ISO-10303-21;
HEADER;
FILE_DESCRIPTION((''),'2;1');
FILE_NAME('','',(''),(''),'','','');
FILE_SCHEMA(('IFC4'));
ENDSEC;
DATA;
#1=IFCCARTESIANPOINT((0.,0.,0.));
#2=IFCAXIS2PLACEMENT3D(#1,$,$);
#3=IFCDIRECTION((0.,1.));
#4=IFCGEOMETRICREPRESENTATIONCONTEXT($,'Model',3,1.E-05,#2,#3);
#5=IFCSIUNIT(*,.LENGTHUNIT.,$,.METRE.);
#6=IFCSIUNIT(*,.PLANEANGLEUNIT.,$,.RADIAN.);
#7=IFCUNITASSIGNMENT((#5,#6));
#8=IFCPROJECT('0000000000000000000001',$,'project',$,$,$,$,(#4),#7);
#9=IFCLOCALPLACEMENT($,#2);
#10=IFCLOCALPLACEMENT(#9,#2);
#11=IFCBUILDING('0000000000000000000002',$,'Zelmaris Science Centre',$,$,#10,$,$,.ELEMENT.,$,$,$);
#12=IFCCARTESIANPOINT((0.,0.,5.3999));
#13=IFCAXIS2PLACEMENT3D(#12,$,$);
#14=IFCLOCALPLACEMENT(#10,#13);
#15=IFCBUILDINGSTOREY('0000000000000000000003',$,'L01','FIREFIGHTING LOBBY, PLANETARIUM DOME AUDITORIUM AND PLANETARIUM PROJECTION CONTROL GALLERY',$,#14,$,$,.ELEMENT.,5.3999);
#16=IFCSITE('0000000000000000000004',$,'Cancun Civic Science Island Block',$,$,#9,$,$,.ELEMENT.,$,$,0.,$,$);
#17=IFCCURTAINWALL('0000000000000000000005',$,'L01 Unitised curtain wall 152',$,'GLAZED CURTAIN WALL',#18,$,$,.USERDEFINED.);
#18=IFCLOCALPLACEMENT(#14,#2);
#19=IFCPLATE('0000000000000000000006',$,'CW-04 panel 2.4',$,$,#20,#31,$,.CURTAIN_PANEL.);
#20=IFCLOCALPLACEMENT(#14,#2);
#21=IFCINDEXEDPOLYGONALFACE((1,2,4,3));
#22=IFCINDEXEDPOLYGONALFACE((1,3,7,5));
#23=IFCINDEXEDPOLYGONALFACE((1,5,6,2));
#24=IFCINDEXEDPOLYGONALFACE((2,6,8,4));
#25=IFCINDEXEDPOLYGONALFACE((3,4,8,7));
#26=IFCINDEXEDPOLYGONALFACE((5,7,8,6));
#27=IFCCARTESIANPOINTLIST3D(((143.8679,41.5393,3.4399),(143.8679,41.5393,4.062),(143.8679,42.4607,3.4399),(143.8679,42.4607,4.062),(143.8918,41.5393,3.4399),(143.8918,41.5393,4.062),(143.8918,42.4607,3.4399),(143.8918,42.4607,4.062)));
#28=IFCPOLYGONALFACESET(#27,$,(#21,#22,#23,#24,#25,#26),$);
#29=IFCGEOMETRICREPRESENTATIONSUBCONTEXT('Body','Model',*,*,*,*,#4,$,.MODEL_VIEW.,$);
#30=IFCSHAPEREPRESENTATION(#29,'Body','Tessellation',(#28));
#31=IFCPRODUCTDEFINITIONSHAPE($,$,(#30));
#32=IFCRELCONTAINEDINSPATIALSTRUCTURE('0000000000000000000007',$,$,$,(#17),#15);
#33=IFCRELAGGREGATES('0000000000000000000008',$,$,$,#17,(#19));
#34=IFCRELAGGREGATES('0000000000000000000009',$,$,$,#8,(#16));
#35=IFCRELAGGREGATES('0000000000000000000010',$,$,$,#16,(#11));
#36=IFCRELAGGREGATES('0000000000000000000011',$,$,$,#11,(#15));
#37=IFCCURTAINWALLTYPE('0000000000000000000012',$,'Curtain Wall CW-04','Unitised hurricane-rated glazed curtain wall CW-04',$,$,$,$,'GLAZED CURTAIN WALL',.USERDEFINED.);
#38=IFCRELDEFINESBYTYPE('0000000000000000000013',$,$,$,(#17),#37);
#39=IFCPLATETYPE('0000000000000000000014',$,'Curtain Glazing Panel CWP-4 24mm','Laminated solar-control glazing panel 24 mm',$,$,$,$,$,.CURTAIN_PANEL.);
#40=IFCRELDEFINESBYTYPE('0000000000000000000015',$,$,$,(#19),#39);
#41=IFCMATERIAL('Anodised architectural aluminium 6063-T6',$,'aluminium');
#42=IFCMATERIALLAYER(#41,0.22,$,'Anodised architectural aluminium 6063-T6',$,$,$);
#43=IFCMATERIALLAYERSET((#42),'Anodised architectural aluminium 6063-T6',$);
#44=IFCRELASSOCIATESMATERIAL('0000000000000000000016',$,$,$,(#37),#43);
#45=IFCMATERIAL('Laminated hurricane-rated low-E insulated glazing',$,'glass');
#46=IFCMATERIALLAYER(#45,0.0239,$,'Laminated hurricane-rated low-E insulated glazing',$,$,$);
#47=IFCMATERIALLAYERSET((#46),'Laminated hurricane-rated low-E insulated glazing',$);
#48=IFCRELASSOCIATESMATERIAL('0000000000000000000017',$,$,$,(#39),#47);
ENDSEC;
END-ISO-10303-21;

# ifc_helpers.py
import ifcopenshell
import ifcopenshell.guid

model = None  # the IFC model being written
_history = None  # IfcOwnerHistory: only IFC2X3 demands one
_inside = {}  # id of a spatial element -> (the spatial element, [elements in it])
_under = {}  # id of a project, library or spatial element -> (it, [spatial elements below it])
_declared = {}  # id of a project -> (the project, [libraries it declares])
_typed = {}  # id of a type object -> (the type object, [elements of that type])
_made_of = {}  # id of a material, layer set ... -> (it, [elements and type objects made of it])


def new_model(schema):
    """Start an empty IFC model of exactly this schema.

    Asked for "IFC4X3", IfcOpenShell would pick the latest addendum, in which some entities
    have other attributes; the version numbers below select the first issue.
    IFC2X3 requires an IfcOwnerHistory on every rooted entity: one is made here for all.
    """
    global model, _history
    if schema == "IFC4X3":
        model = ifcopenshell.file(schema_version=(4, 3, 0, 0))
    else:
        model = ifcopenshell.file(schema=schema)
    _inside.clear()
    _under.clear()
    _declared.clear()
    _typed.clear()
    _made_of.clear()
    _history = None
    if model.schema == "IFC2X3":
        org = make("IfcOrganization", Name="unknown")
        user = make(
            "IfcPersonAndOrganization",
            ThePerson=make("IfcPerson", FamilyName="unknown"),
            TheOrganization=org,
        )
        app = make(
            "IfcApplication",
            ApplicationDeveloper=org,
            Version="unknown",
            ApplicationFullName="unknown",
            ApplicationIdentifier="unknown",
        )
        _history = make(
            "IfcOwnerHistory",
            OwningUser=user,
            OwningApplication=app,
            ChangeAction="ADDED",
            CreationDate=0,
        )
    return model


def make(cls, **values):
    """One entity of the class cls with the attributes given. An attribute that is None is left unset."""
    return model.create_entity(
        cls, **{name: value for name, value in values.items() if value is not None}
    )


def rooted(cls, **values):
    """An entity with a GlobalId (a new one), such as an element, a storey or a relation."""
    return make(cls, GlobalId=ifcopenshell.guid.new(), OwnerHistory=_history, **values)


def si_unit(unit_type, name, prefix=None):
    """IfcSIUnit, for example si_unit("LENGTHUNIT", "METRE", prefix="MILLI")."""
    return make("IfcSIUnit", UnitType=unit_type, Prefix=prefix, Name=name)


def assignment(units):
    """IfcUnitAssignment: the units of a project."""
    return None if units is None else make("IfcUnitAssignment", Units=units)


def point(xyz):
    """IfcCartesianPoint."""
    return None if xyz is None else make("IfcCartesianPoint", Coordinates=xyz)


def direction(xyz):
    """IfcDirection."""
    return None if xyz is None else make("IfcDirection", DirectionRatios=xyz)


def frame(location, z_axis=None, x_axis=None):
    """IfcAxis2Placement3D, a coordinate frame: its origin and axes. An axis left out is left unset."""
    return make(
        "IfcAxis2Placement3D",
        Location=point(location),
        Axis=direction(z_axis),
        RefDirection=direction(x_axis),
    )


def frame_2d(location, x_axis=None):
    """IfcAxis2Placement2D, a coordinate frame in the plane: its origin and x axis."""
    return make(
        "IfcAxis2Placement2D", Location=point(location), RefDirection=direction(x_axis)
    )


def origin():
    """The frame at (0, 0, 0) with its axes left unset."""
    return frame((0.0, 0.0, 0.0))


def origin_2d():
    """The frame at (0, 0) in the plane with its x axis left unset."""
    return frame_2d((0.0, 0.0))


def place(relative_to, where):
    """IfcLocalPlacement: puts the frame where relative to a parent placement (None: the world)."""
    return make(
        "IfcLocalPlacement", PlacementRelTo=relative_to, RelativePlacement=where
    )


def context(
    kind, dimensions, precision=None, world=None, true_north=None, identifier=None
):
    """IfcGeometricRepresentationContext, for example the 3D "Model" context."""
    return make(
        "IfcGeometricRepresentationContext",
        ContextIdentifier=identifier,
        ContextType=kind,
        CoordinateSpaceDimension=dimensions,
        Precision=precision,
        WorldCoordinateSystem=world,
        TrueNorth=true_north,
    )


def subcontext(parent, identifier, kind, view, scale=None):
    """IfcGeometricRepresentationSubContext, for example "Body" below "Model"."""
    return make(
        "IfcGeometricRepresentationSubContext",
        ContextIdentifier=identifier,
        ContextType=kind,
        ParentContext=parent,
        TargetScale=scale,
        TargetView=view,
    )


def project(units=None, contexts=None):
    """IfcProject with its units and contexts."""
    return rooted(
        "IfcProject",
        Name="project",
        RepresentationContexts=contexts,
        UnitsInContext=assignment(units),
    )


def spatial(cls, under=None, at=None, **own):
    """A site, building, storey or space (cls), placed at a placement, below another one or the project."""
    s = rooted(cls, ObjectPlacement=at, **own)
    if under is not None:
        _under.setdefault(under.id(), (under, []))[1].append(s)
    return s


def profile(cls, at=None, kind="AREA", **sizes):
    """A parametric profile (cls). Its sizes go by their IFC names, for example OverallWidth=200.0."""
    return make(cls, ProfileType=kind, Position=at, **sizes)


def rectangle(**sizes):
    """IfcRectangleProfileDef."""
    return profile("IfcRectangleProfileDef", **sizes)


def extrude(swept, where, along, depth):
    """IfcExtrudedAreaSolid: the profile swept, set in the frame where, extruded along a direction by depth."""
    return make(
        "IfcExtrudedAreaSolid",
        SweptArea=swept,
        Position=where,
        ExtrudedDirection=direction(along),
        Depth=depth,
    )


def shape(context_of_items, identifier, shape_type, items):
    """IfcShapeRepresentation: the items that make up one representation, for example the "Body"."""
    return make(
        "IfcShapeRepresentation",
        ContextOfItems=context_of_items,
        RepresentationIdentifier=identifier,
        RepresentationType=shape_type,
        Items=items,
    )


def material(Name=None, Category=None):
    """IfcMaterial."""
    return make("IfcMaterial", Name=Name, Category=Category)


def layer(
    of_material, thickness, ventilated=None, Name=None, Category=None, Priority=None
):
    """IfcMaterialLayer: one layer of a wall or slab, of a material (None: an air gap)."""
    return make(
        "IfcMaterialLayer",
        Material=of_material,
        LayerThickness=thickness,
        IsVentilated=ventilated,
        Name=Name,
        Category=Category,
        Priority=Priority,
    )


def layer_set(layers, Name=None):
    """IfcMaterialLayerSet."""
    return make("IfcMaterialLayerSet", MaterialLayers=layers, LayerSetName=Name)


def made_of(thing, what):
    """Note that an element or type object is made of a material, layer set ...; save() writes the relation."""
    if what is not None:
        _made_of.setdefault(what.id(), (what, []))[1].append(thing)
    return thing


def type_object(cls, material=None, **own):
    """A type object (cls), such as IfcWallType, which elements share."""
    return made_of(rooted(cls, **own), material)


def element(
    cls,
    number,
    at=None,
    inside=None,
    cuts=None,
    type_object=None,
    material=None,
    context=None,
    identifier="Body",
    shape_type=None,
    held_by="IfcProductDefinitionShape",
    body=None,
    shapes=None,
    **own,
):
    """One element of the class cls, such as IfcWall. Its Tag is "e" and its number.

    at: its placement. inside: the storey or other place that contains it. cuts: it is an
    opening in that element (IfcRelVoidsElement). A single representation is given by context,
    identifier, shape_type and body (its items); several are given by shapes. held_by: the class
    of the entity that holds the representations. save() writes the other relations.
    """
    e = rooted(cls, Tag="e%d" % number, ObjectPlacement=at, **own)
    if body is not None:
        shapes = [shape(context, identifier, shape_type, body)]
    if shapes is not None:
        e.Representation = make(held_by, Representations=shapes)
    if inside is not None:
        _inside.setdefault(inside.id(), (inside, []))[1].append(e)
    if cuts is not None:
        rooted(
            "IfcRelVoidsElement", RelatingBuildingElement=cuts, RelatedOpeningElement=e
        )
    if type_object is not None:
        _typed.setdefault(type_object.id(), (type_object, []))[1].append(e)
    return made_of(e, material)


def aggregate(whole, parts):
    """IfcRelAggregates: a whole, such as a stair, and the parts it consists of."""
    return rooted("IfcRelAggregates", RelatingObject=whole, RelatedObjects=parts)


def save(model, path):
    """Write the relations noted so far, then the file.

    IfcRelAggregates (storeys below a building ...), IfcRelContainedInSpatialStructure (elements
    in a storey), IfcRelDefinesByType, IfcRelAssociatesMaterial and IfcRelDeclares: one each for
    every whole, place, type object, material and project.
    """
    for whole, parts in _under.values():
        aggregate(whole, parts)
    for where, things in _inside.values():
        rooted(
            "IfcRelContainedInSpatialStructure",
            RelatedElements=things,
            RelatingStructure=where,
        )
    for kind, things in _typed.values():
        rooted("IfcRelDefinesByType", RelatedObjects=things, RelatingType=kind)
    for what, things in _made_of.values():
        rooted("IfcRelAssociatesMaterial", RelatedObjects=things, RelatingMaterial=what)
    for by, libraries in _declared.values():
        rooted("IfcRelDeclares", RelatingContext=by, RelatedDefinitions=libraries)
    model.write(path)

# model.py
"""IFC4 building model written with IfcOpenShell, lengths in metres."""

from ifc_helpers import new_model, si_unit, direction, frame, origin, origin_2d, place, context, subcontext, project, spatial, rectangle, extrude, material, layer, layer_set, type_object, element, aggregate, save


model = new_model("IFC4")

# Units and contexts
model_context = context("Model", 3, precision=1e-05, world=origin(), true_north=direction((0.0, 1.0)))
body_context = subcontext(model_context, "Body", "Model", "MODEL_VIEW")
ifc_project = project(units=[si_unit("LENGTHUNIT", "METRE"), si_unit("PLANEANGLEUNIT", "RADIAN")], contexts=[model_context])

# Site, building, storey
site_placement = place(None, origin())
site = spatial("IfcSite", under=ifc_project, at=site_placement, Name="Cancun Civic Science Island Block", CompositionType="ELEMENT", RefElevation=0.0)
building_placement = place(site_placement, origin())
building = spatial("IfcBuilding", under=site, at=building_placement, Name="Zelmaris Science Centre", CompositionType="ELEMENT")
storey_placement = place(building_placement, frame((0.0, 0.0, 5.3999)))
storey = spatial("IfcBuildingStorey", under=building, at=storey_placement, Name="L01", Description="FIREFIGHTING LOBBY, PLANETARIUM DOME AUDITORIUM AND PLANETARIUM PROJECTION CONTROL GALLERY", CompositionType="ELEMENT", Elevation=5.3999)

# Curtain wall
ifc_material_1 = material(Name="Anodised architectural aluminium 6063-T6", Category="aluminium")
ifc_layer_1 = layer(ifc_material_1, 0.22, Name="Anodised architectural aluminium 6063-T6")
ifc_layer_set_1 = layer_set([ifc_layer_1], Name="Anodised architectural aluminium 6063-T6")
curtain_wall_type = type_object("IfcCurtainWallType", Name="Curtain Wall CW-04", Description="Unitised hurricane-rated glazed curtain wall CW-04", ElementType="GLAZED CURTAIN WALL", PredefinedType="USERDEFINED", material=ifc_layer_set_1)
curtain_wall_placement = place(storey_placement, origin())
curtain_wall = element("IfcCurtainWall", 1, at=curtain_wall_placement, inside=storey, type_object=curtain_wall_type, Name="L01 Unitised curtain wall 152", ObjectType="GLAZED CURTAIN WALL", PredefinedType="USERDEFINED")

# Plate
ifc_material_2 = material(Name="Laminated hurricane-rated low-E insulated glazing", Category="glass")
ifc_layer_2 = layer(ifc_material_2, 0.0239, Name="Laminated hurricane-rated low-E insulated glazing")
ifc_layer_set_2 = layer_set([ifc_layer_2], Name="Laminated hurricane-rated low-E insulated glazing")
plate_type = type_object("IfcPlateType", Name="Curtain Glazing Panel CWP-4 24mm", Description="Laminated solar-control glazing panel 24 mm", PredefinedType="CURTAIN_PANEL", material=ifc_layer_set_2)
plate_1_placement = place(storey_placement, frame((143.8799, 42.0, 3.4399), z_axis=(0.0, 0.0, 1.0), x_axis=(0.0, -1.0, 0.0)))
plate_1 = element("IfcPlate", 2, at=plate_1_placement, type_object=plate_type, Name="CW-04 panel 2.4", PredefinedType="CURTAIN_PANEL", context=body_context, shape_type="SweptSolid", body=[
    extrude(rectangle(XDim=0.9214, YDim=0.0239, at=origin_2d()), origin(), (0.0, 0.0, 1.0), 0.6221),
])
aggregate(curtain_wall, [plate_1])

save(model, "model.ifc")
